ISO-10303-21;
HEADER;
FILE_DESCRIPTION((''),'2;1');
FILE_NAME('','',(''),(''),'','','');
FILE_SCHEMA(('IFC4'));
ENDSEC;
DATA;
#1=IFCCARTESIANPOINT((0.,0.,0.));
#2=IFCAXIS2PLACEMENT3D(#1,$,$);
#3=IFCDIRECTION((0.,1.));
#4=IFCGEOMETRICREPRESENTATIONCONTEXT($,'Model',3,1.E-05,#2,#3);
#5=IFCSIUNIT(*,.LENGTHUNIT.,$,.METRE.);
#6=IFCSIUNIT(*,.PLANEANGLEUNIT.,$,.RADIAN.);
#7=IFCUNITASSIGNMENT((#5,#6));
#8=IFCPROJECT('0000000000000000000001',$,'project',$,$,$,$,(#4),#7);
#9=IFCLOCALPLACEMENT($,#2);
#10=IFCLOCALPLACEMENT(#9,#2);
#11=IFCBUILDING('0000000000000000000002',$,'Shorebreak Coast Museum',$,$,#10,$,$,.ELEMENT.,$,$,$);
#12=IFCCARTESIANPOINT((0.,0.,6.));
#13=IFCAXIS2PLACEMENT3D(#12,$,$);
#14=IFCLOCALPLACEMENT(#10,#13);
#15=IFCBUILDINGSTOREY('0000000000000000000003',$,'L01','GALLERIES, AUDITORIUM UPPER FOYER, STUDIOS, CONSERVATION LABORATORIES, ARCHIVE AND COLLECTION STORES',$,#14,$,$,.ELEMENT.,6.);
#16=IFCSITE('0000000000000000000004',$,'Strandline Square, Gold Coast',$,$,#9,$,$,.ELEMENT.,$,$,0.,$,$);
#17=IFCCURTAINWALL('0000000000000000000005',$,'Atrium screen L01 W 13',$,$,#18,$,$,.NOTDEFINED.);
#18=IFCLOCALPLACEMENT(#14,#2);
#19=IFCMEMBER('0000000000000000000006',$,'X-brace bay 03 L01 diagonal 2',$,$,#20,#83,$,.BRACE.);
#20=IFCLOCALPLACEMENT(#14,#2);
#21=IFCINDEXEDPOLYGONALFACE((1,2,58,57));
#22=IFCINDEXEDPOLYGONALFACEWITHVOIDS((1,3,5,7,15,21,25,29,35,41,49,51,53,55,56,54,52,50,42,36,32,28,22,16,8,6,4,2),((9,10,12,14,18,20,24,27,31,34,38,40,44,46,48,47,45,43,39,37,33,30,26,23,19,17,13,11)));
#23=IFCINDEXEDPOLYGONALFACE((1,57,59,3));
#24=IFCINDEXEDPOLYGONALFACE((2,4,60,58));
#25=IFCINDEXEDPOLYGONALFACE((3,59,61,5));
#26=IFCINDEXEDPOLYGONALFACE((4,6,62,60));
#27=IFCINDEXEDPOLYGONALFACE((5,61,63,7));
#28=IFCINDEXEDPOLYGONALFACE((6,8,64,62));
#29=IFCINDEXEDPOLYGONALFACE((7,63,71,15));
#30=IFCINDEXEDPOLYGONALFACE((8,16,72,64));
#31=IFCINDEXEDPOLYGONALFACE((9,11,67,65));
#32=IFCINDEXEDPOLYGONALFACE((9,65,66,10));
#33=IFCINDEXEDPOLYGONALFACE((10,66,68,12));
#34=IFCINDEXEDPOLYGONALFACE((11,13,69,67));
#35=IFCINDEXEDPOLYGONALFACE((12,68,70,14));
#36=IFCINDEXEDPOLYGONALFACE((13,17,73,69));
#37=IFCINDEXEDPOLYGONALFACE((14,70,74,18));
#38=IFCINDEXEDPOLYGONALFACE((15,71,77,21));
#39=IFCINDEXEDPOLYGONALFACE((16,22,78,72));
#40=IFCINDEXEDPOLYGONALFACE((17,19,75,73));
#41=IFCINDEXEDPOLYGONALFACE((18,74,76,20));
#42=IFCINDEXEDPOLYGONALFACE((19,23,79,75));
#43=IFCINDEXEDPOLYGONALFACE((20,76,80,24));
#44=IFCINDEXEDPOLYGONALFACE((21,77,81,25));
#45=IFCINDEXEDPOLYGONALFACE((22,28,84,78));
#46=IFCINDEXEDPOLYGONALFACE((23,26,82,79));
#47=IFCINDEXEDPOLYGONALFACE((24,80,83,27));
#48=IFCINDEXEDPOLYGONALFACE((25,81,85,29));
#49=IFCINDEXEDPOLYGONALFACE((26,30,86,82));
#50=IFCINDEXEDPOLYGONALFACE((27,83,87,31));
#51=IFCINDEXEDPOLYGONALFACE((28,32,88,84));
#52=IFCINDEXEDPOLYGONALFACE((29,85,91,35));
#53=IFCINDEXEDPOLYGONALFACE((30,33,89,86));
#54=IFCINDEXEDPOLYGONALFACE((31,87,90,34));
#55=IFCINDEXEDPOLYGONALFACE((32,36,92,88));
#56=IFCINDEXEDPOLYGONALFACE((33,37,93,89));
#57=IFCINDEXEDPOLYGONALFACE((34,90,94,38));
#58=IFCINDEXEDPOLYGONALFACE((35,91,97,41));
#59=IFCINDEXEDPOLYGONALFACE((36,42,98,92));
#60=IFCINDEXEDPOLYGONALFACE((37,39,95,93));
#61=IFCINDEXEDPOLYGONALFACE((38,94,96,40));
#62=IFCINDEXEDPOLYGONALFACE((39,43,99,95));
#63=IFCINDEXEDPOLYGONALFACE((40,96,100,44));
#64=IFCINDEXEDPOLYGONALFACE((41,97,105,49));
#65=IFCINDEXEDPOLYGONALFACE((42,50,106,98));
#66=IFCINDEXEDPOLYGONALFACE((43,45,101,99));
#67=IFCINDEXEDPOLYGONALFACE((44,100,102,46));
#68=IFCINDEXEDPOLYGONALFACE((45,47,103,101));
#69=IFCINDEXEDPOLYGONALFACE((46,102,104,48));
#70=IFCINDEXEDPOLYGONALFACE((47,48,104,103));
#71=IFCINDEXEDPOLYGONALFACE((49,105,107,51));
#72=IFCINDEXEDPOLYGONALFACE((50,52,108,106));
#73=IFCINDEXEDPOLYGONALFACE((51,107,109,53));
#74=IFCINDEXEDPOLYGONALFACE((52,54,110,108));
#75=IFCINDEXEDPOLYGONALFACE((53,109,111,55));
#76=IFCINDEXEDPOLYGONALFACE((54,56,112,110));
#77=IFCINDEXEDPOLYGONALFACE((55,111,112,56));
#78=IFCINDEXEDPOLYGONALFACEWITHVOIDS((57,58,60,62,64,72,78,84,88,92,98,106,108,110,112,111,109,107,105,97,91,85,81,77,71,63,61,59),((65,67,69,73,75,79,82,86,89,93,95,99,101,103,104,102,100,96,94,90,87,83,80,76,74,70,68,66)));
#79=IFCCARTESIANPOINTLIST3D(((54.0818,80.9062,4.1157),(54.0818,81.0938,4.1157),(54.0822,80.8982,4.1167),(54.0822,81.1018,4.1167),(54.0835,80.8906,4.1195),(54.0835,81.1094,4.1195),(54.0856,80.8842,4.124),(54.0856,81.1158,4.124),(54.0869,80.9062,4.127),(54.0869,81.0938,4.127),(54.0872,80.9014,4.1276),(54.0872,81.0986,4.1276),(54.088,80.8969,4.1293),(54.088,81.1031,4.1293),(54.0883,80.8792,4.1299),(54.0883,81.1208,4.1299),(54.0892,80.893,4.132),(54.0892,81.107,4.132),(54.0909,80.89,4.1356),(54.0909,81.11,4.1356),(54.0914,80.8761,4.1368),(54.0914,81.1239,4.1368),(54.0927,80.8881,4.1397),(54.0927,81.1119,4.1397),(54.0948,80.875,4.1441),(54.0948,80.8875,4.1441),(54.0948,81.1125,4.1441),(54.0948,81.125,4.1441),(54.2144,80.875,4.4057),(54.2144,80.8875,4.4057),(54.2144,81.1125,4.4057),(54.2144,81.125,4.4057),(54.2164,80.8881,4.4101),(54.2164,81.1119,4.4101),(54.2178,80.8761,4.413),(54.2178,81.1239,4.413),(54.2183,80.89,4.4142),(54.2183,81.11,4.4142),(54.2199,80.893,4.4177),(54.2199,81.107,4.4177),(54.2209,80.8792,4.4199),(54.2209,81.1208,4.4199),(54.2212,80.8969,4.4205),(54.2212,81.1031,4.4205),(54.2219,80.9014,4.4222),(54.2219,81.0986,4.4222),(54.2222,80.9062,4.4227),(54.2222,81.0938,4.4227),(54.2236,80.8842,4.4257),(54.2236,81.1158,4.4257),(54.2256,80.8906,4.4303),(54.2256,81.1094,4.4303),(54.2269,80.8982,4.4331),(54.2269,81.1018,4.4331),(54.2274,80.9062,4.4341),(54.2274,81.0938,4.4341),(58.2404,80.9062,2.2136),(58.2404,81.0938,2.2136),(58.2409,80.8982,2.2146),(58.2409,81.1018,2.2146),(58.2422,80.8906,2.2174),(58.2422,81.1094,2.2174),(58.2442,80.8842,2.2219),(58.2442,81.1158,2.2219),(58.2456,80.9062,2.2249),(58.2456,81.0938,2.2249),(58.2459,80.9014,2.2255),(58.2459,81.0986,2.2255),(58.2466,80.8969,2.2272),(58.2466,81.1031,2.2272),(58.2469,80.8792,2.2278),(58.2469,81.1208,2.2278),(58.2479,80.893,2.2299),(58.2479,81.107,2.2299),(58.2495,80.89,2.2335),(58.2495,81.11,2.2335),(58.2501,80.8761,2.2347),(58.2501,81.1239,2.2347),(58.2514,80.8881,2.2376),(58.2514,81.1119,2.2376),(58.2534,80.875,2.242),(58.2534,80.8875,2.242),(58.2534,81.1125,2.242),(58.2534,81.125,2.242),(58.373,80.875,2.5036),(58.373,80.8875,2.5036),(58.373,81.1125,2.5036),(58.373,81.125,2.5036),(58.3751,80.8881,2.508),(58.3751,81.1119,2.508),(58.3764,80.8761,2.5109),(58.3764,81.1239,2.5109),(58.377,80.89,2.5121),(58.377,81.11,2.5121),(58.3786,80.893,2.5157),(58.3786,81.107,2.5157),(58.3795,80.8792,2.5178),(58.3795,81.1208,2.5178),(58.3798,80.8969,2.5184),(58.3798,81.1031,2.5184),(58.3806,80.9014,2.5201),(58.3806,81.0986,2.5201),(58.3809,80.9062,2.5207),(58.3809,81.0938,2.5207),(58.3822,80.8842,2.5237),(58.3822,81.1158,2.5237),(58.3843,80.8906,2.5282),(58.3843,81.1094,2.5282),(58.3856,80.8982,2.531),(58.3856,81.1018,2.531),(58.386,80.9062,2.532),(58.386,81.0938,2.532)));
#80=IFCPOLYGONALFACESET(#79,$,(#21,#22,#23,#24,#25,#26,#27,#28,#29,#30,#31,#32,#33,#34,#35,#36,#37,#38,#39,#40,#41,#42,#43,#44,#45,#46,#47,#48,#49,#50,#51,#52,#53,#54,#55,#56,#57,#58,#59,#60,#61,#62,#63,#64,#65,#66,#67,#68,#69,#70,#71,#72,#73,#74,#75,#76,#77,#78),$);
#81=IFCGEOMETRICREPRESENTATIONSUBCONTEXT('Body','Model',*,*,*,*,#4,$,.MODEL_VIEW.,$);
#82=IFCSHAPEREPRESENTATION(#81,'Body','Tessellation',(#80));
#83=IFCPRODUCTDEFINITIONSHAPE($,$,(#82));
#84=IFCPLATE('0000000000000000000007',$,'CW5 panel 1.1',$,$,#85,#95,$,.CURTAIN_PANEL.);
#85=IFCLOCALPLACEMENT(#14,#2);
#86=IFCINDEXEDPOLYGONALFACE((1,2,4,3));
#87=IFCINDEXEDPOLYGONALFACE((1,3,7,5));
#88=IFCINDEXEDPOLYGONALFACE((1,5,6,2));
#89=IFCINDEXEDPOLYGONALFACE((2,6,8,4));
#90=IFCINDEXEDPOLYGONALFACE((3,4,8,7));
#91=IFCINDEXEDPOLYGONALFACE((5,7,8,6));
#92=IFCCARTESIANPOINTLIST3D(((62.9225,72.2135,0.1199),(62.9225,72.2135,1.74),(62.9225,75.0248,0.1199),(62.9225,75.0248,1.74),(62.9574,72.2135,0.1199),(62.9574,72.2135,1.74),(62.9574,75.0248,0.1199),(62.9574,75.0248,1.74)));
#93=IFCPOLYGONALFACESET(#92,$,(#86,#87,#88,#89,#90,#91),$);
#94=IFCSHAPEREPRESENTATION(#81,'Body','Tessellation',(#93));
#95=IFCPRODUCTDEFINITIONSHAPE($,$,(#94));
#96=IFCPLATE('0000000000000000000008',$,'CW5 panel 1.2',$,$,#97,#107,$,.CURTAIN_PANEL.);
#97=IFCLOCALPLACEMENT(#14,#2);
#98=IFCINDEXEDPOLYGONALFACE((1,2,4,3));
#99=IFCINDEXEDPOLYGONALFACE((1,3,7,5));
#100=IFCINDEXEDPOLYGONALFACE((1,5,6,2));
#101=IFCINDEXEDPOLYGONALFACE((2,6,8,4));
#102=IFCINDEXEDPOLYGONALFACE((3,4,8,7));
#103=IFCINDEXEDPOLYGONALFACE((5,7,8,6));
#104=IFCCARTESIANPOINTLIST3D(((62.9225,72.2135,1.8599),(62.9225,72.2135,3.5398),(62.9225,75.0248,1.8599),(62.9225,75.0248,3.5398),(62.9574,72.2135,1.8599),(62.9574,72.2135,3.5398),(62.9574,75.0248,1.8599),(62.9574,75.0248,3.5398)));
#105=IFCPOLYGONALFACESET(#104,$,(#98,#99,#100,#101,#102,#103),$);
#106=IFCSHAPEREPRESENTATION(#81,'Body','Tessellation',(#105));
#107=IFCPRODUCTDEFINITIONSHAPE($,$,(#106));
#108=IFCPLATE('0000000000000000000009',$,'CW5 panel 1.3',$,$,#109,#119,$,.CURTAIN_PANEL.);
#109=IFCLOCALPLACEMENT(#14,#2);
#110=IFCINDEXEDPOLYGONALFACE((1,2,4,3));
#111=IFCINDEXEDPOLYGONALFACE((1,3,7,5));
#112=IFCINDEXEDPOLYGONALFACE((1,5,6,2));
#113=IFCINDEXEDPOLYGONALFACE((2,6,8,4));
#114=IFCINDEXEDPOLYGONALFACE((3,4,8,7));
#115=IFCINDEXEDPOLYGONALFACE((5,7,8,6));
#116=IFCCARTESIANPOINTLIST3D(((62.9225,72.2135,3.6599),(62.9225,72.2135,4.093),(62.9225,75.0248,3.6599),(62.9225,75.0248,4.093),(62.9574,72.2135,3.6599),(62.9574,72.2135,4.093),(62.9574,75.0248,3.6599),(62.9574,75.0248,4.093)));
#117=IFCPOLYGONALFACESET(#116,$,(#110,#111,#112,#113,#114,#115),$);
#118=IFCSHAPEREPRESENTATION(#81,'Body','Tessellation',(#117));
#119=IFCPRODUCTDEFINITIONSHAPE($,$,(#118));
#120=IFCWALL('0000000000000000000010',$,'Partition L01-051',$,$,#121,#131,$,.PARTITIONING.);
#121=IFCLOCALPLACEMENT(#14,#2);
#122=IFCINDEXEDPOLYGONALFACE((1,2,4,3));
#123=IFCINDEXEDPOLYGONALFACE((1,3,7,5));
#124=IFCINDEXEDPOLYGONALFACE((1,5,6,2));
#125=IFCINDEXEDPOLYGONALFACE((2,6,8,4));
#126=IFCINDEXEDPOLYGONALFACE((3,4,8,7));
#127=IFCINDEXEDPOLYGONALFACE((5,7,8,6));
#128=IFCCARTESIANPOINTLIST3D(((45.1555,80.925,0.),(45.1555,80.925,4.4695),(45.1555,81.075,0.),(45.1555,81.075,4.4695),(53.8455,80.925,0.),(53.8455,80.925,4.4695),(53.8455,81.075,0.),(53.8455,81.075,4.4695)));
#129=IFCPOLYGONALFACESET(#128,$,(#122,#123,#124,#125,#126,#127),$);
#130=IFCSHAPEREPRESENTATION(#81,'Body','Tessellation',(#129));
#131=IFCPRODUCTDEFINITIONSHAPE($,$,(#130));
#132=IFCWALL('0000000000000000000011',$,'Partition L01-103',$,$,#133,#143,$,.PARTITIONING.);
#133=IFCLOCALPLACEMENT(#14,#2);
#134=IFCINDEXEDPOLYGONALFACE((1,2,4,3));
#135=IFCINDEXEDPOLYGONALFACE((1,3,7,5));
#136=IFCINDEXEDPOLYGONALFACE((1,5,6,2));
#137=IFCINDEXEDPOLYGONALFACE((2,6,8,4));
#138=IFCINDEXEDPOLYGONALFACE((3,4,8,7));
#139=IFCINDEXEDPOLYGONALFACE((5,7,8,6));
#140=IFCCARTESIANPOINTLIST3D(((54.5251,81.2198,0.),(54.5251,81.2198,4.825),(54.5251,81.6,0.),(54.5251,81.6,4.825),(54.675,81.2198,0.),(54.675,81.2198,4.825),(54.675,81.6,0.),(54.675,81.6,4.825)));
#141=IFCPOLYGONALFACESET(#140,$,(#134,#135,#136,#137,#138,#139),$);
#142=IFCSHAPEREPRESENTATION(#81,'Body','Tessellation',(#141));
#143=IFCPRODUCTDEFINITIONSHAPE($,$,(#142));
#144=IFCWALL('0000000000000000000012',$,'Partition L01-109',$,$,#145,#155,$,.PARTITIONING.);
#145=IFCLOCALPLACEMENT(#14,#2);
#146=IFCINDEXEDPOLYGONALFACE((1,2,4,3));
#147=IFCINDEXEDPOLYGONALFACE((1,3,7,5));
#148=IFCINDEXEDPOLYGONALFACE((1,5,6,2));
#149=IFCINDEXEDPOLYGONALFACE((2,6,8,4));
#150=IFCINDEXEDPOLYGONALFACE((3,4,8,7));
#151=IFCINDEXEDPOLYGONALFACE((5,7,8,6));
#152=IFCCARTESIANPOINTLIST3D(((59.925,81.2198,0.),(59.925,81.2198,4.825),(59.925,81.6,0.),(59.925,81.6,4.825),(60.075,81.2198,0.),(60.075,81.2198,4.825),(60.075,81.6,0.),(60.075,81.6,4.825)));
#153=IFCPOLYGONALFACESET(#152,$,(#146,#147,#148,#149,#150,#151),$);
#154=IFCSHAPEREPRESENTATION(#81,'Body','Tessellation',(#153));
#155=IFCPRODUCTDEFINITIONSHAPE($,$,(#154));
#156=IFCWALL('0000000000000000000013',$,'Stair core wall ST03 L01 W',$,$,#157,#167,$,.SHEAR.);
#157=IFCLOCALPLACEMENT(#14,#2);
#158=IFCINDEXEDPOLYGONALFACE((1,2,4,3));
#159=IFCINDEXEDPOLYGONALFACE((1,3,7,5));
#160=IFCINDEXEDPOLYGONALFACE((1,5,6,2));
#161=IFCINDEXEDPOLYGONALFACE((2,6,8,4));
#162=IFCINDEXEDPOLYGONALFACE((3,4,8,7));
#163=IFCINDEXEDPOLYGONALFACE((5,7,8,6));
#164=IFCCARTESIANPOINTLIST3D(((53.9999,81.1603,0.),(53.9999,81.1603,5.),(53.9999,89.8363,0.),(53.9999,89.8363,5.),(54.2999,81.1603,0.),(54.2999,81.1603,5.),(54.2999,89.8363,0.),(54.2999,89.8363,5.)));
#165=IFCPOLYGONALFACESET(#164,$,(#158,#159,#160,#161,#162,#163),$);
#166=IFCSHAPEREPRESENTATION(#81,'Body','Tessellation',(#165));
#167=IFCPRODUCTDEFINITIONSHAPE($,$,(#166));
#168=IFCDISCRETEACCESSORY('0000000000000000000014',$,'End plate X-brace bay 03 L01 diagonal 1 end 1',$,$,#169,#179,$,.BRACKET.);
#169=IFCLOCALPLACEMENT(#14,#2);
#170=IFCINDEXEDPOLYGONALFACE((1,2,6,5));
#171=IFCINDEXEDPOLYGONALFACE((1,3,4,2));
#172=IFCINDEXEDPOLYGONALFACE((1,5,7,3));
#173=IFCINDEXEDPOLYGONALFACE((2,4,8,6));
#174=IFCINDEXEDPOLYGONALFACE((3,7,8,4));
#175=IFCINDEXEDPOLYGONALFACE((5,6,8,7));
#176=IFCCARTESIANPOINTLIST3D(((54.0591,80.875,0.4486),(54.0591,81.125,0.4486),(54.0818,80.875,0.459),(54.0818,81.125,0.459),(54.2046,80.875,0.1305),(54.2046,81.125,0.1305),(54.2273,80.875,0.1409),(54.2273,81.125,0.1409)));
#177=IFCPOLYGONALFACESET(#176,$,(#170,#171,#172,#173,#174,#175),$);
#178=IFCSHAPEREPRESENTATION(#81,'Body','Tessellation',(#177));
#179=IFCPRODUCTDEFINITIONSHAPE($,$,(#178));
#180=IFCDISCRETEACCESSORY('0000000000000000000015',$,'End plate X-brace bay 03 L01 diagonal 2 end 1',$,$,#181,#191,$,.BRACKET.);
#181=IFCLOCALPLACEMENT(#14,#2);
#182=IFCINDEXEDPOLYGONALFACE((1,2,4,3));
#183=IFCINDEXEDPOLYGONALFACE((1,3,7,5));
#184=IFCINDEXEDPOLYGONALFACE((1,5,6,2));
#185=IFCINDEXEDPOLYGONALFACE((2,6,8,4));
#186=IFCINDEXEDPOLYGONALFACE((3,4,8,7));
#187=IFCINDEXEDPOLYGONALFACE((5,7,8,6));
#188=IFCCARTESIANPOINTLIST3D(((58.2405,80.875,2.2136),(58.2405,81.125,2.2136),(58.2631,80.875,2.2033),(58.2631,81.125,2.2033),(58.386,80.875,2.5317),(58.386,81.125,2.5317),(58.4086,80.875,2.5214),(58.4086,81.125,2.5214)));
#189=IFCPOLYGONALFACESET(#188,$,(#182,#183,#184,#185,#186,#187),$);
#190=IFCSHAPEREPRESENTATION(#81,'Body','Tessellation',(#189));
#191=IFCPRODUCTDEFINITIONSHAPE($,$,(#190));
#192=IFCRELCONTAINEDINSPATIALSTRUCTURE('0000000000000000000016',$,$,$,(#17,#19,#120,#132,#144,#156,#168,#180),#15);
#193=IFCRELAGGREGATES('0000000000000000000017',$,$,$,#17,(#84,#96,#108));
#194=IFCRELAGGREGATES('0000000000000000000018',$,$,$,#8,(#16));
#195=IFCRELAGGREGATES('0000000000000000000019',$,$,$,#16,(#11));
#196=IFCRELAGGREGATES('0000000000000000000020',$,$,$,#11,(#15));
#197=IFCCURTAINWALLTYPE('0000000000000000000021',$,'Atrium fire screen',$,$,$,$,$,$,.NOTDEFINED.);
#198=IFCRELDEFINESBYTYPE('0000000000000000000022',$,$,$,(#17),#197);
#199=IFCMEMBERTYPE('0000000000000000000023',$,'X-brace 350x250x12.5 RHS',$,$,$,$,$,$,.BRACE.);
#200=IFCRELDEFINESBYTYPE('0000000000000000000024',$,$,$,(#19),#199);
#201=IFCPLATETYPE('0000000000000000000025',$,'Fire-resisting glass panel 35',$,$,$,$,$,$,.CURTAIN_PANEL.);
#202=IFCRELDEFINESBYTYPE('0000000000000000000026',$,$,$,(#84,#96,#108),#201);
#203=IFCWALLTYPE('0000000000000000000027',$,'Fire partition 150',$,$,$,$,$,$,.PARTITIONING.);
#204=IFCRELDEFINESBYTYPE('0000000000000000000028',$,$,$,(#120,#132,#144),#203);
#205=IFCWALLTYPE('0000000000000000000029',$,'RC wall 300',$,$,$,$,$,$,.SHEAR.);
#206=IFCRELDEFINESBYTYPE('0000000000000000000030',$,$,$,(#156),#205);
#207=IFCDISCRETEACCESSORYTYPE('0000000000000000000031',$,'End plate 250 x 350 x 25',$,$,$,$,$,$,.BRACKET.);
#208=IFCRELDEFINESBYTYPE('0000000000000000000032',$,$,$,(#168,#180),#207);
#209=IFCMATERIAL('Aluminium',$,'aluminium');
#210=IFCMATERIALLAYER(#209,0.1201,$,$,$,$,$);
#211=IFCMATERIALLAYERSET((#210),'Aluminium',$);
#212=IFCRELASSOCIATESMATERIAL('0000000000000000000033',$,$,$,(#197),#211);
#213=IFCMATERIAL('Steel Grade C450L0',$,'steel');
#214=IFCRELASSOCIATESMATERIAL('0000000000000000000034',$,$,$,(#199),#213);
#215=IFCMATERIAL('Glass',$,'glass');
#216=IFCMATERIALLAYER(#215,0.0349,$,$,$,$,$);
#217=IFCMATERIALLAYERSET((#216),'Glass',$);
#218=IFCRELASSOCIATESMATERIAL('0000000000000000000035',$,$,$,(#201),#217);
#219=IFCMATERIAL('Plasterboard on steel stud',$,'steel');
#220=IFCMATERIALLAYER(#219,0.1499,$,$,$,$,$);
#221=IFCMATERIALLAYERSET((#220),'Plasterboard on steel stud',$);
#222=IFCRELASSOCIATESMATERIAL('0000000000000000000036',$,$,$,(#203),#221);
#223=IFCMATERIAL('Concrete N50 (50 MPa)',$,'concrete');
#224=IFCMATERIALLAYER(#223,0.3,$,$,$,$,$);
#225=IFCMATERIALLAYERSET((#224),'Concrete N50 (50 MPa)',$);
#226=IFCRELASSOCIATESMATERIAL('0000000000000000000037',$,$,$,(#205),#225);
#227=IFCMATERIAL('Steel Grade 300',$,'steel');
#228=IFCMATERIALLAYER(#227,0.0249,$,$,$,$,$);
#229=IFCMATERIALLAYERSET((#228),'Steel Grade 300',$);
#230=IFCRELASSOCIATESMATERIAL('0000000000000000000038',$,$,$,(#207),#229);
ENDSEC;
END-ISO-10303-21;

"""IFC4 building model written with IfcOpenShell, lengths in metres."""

from ifc_helpers import new_model, si_unit, direction, frame, frame_2d, origin, origin_2d, place, context, subcontext, project, spatial, polyline, rectangle, hollow_rectangle, outline, extrude, material, layer, layer_set, material_profile, profile_set, type_object, element, aggregate, save


model = new_model("IFC4")

# Units and contexts
model_context = context("Model", 3, precision=1e-05, world=origin(), true_north=direction((0.0, 1.0)))
body_context = subcontext(model_context, "Body", "Model", "MODEL_VIEW")
ifc_project = project(units=[si_unit("LENGTHUNIT", "METRE"), si_unit("PLANEANGLEUNIT", "RADIAN")], contexts=[model_context])

# Site, building, storey
site_placement = place(None, origin())
site = spatial("IfcSite", under=ifc_project, at=site_placement, Name="Strandline Square, Gold Coast", CompositionType="ELEMENT", RefElevation=0.0)
building_placement = place(site_placement, origin())
building = spatial("IfcBuilding", under=site, at=building_placement, Name="Shorebreak Coast Museum", CompositionType="ELEMENT")
storey_placement = place(building_placement, frame((0.0, 0.0, 6.0)))
storey = spatial("IfcBuildingStorey", under=building, at=storey_placement, Name="L01", Description="GALLERIES, AUDITORIUM UPPER FOYER, STUDIOS, CONSERVATION LABORATORIES, ARCHIVE AND COLLECTION STORES", CompositionType="ELEMENT", Elevation=6.0)

# Curtain wall
ifc_material_1 = material(Name="Aluminium", Category="aluminium")
ifc_layer_1 = layer(ifc_material_1, 0.1201)
ifc_layer_set_1 = layer_set([ifc_layer_1], Name="Aluminium")
curtain_wall_type = type_object("IfcCurtainWallType", Name="Atrium fire screen", PredefinedType="NOTDEFINED", material=ifc_layer_set_1)
curtain_wall_placement = place(storey_placement, origin())
curtain_wall = element("IfcCurtainWall", 1, at=curtain_wall_placement, inside=storey, type_object=curtain_wall_type, Name="Atrium screen L01 W 13", PredefinedType="NOTDEFINED")

# Member
ifc_material_2 = material(Name="Steel Grade C450L0", Category="steel")
ifc_material_profile_1 = material_profile(ifc_material_2, hollow_rectangle(XDim=0.25, YDim=0.3501, WallThickness=0.0125, InnerFilletRadius=0.0188, OuterFilletRadius=0.0312, at=origin_2d()), Name="350x250x12.5 RHS")
ifc_profile_set_1 = profile_set([ifc_material_profile_1], Name="Steel Grade C450L0")
member_type_1 = type_object("IfcMemberType", Name="X-brace 350x250x12.5 RHS", PredefinedType="BRACE", material=ifc_profile_set_1)
member_1_placement = place(storey_placement, frame((58.3132, 81.0, 2.3728), z_axis=(-0.909393, 0.0, 0.415938), x_axis=(0.0, -1.0, 0.0)))
element("IfcMember", 2, at=member_1_placement, inside=storey, type_object=member_type_1, Name="X-brace bay 03 L01 diagonal 2", PredefinedType="BRACE", context=body_context, shape_type="SweptSolid", body=[
    extrude(hollow_rectangle(XDim=0.25, YDim=0.3501, WallThickness=0.0125, InnerFilletRadius=0.0188, OuterFilletRadius=0.0312, at=origin_2d()), origin(), (0.0, 0.0, 1.0), 4.573),
])

# Plates
ifc_material_3 = material(Name="Glass", Category="glass")
ifc_layer_2 = layer(ifc_material_3, 0.0349)
ifc_layer_set_2 = layer_set([ifc_layer_2], Name="Glass")
plate_type = type_object("IfcPlateType", Name="Fire-resisting glass panel 35", PredefinedType="CURTAIN_PANEL", material=ifc_layer_set_2)
plate_1_placement = place(storey_placement, frame((62.9399, 73.6191, 0.1199), z_axis=(0.0, 0.0, 1.0), x_axis=(0.0, 1.0, 0.0)))
plate_1 = element("IfcPlate", 3, at=plate_1_placement, type_object=plate_type, Name="CW5 panel 1.1", PredefinedType="CURTAIN_PANEL", context=body_context, shape_type="SweptSolid", body=[
    extrude(rectangle(XDim=2.8113, YDim=0.0349, at=origin_2d()), origin(), (0.0, 0.0, 1.0), 1.6201),
])
plate_2_placement = place(storey_placement, frame((62.9399, 73.6191, 1.8599), z_axis=(0.0, 0.0, 1.0), x_axis=(0.0, 1.0, 0.0)))
plate_2 = element("IfcPlate", 4, at=plate_2_placement, type_object=plate_type, Name="CW5 panel 1.2", PredefinedType="CURTAIN_PANEL", context=body_context, shape_type="SweptSolid", body=[
    extrude(rectangle(XDim=2.8113, YDim=0.0349, at=origin_2d()), origin(), (0.0, 0.0, 1.0), 1.6799),
])
plate_3_placement = place(storey_placement, frame((62.9399, 73.6191, 3.6599), z_axis=(0.0, 0.0, 1.0), x_axis=(0.0, 1.0, 0.0)))
plate_3 = element("IfcPlate", 5, at=plate_3_placement, type_object=plate_type, Name="CW5 panel 1.3", PredefinedType="CURTAIN_PANEL", context=body_context, shape_type="SweptSolid", body=[
    extrude(rectangle(XDim=2.8113, YDim=0.0349, at=origin_2d()), origin(), (0.0, 0.0, 1.0), 0.4331),
])
aggregate(curtain_wall, [plate_1, plate_2, plate_3])

# Walls
ifc_material_4 = material(Name="Plasterboard on steel stud", Category="steel")
ifc_layer_3 = layer(ifc_material_4, 0.1499)
ifc_layer_set_3 = layer_set([ifc_layer_3], Name="Plasterboard on steel stud")
wall_type_1 = type_object("IfcWallType", Name="Fire partition 150", PredefinedType="PARTITIONING", material=ifc_layer_set_3)
wall_1_placement = place(storey_placement, frame((45.1555, 81.0, 0.0), z_axis=(0.0, 0.0, 1.0), x_axis=(1.0, 0.0, 0.0)))
element("IfcWall", 6, at=wall_1_placement, inside=storey, type_object=wall_type_1, Name="Partition L01-051", PredefinedType="PARTITIONING", context=body_context, shape_type="SweptSolid", body=[
    extrude(rectangle(XDim=8.6899, YDim=0.1499, at=frame_2d((4.345, 0.0))), origin(), (0.0, 0.0, 1.0), 4.4695),
])
for number, where, z_axis, x_axis, name in (
    (7, (54.6001, 81.22, 0.0), (0.0, 0.0, 1.0), (0.0, 1.0, 0.0), "Partition L01-103"),
    (8, (60.0, 81.22, 0.0), (0.0, 0.0, 1.0), (0.0, 1.0, 0.0), "Partition L01-109"),
):
    element("IfcWall", number, at=place(storey_placement, frame(where, z_axis=z_axis, x_axis=x_axis)), inside=storey, type_object=wall_type_1, Name=name, PredefinedType="PARTITIONING", context=body_context, shape_type="SweptSolid", body=[
        extrude(rectangle(XDim=0.3801, YDim=0.1499, at=frame_2d((0.1899, 0.0))), origin(), (0.0, 0.0, 1.0), 4.825),
    ])
ifc_material_5 = material(Name="Concrete N50 (50 MPa)", Category="concrete")
ifc_layer_4 = layer(ifc_material_5, 0.3)
ifc_layer_set_4 = layer_set([ifc_layer_4], Name="Concrete N50 (50 MPa)")
wall_type_2 = type_object("IfcWallType", Name="RC wall 300", PredefinedType="SHEAR", material=ifc_layer_set_4)
wall_2_placement = place(storey_placement, frame((54.1499, 81.1604, 0.0), z_axis=(0.0, 0.0, 1.0), x_axis=(0.0, 1.0, 0.0)))
element("IfcWall", 9, at=wall_2_placement, inside=storey, type_object=wall_type_2, Name="Stair core wall ST03 L01 W", PredefinedType="SHEAR", context=body_context, shape_type="SweptSolid", body=[
    extrude(rectangle(XDim=8.676, YDim=0.3, at=frame_2d((4.3379, 0.0))), origin(), (0.0, 0.0, 1.0), 5.0),
])

# Discrete accessories
ifc_material_6 = material(Name="Steel Grade 300", Category="steel")
ifc_layer_5 = layer(ifc_material_6, 0.0249)
ifc_layer_set_5 = layer_set([ifc_layer_5], Name="Steel Grade 300")
discrete_accessory_type = type_object("IfcDiscreteAccessoryType", Name="End plate 250 x 350 x 25", PredefinedType="BRACKET", material=ifc_layer_set_5)
for number, where, z_axis, x_axis, name in (
    (10, (54.2273, 80.875, 0.1409), (0.909384, 0.0, 0.415958), (0.0, 1.0, 0.0), "End plate X-brace bay 03 L01 diagonal 1 end 1"),
    (11, (58.2405, 81.125, 2.2136), (-0.909384, 0.0, 0.415958), (0.0, -1.0, 0.0), "End plate X-brace bay 03 L01 diagonal 2 end 1"),
):
    element("IfcDiscreteAccessory", number, at=place(storey_placement, frame(where, z_axis=z_axis, x_axis=x_axis)), inside=storey, type_object=discrete_accessory_type, Name=name, PredefinedType="BRACKET", context=body_context, shape_type="SweptSolid", body=[
        extrude(outline(polyline([(0.0, 0.0), (0.25, 0.0), (0.25, 0.3498), (0.0, 0.3498), (0.0, 0.0)])), origin(), (0.0, 0.0, -1.0), 0.0249),
    ])

save(model, "model.ifc")
